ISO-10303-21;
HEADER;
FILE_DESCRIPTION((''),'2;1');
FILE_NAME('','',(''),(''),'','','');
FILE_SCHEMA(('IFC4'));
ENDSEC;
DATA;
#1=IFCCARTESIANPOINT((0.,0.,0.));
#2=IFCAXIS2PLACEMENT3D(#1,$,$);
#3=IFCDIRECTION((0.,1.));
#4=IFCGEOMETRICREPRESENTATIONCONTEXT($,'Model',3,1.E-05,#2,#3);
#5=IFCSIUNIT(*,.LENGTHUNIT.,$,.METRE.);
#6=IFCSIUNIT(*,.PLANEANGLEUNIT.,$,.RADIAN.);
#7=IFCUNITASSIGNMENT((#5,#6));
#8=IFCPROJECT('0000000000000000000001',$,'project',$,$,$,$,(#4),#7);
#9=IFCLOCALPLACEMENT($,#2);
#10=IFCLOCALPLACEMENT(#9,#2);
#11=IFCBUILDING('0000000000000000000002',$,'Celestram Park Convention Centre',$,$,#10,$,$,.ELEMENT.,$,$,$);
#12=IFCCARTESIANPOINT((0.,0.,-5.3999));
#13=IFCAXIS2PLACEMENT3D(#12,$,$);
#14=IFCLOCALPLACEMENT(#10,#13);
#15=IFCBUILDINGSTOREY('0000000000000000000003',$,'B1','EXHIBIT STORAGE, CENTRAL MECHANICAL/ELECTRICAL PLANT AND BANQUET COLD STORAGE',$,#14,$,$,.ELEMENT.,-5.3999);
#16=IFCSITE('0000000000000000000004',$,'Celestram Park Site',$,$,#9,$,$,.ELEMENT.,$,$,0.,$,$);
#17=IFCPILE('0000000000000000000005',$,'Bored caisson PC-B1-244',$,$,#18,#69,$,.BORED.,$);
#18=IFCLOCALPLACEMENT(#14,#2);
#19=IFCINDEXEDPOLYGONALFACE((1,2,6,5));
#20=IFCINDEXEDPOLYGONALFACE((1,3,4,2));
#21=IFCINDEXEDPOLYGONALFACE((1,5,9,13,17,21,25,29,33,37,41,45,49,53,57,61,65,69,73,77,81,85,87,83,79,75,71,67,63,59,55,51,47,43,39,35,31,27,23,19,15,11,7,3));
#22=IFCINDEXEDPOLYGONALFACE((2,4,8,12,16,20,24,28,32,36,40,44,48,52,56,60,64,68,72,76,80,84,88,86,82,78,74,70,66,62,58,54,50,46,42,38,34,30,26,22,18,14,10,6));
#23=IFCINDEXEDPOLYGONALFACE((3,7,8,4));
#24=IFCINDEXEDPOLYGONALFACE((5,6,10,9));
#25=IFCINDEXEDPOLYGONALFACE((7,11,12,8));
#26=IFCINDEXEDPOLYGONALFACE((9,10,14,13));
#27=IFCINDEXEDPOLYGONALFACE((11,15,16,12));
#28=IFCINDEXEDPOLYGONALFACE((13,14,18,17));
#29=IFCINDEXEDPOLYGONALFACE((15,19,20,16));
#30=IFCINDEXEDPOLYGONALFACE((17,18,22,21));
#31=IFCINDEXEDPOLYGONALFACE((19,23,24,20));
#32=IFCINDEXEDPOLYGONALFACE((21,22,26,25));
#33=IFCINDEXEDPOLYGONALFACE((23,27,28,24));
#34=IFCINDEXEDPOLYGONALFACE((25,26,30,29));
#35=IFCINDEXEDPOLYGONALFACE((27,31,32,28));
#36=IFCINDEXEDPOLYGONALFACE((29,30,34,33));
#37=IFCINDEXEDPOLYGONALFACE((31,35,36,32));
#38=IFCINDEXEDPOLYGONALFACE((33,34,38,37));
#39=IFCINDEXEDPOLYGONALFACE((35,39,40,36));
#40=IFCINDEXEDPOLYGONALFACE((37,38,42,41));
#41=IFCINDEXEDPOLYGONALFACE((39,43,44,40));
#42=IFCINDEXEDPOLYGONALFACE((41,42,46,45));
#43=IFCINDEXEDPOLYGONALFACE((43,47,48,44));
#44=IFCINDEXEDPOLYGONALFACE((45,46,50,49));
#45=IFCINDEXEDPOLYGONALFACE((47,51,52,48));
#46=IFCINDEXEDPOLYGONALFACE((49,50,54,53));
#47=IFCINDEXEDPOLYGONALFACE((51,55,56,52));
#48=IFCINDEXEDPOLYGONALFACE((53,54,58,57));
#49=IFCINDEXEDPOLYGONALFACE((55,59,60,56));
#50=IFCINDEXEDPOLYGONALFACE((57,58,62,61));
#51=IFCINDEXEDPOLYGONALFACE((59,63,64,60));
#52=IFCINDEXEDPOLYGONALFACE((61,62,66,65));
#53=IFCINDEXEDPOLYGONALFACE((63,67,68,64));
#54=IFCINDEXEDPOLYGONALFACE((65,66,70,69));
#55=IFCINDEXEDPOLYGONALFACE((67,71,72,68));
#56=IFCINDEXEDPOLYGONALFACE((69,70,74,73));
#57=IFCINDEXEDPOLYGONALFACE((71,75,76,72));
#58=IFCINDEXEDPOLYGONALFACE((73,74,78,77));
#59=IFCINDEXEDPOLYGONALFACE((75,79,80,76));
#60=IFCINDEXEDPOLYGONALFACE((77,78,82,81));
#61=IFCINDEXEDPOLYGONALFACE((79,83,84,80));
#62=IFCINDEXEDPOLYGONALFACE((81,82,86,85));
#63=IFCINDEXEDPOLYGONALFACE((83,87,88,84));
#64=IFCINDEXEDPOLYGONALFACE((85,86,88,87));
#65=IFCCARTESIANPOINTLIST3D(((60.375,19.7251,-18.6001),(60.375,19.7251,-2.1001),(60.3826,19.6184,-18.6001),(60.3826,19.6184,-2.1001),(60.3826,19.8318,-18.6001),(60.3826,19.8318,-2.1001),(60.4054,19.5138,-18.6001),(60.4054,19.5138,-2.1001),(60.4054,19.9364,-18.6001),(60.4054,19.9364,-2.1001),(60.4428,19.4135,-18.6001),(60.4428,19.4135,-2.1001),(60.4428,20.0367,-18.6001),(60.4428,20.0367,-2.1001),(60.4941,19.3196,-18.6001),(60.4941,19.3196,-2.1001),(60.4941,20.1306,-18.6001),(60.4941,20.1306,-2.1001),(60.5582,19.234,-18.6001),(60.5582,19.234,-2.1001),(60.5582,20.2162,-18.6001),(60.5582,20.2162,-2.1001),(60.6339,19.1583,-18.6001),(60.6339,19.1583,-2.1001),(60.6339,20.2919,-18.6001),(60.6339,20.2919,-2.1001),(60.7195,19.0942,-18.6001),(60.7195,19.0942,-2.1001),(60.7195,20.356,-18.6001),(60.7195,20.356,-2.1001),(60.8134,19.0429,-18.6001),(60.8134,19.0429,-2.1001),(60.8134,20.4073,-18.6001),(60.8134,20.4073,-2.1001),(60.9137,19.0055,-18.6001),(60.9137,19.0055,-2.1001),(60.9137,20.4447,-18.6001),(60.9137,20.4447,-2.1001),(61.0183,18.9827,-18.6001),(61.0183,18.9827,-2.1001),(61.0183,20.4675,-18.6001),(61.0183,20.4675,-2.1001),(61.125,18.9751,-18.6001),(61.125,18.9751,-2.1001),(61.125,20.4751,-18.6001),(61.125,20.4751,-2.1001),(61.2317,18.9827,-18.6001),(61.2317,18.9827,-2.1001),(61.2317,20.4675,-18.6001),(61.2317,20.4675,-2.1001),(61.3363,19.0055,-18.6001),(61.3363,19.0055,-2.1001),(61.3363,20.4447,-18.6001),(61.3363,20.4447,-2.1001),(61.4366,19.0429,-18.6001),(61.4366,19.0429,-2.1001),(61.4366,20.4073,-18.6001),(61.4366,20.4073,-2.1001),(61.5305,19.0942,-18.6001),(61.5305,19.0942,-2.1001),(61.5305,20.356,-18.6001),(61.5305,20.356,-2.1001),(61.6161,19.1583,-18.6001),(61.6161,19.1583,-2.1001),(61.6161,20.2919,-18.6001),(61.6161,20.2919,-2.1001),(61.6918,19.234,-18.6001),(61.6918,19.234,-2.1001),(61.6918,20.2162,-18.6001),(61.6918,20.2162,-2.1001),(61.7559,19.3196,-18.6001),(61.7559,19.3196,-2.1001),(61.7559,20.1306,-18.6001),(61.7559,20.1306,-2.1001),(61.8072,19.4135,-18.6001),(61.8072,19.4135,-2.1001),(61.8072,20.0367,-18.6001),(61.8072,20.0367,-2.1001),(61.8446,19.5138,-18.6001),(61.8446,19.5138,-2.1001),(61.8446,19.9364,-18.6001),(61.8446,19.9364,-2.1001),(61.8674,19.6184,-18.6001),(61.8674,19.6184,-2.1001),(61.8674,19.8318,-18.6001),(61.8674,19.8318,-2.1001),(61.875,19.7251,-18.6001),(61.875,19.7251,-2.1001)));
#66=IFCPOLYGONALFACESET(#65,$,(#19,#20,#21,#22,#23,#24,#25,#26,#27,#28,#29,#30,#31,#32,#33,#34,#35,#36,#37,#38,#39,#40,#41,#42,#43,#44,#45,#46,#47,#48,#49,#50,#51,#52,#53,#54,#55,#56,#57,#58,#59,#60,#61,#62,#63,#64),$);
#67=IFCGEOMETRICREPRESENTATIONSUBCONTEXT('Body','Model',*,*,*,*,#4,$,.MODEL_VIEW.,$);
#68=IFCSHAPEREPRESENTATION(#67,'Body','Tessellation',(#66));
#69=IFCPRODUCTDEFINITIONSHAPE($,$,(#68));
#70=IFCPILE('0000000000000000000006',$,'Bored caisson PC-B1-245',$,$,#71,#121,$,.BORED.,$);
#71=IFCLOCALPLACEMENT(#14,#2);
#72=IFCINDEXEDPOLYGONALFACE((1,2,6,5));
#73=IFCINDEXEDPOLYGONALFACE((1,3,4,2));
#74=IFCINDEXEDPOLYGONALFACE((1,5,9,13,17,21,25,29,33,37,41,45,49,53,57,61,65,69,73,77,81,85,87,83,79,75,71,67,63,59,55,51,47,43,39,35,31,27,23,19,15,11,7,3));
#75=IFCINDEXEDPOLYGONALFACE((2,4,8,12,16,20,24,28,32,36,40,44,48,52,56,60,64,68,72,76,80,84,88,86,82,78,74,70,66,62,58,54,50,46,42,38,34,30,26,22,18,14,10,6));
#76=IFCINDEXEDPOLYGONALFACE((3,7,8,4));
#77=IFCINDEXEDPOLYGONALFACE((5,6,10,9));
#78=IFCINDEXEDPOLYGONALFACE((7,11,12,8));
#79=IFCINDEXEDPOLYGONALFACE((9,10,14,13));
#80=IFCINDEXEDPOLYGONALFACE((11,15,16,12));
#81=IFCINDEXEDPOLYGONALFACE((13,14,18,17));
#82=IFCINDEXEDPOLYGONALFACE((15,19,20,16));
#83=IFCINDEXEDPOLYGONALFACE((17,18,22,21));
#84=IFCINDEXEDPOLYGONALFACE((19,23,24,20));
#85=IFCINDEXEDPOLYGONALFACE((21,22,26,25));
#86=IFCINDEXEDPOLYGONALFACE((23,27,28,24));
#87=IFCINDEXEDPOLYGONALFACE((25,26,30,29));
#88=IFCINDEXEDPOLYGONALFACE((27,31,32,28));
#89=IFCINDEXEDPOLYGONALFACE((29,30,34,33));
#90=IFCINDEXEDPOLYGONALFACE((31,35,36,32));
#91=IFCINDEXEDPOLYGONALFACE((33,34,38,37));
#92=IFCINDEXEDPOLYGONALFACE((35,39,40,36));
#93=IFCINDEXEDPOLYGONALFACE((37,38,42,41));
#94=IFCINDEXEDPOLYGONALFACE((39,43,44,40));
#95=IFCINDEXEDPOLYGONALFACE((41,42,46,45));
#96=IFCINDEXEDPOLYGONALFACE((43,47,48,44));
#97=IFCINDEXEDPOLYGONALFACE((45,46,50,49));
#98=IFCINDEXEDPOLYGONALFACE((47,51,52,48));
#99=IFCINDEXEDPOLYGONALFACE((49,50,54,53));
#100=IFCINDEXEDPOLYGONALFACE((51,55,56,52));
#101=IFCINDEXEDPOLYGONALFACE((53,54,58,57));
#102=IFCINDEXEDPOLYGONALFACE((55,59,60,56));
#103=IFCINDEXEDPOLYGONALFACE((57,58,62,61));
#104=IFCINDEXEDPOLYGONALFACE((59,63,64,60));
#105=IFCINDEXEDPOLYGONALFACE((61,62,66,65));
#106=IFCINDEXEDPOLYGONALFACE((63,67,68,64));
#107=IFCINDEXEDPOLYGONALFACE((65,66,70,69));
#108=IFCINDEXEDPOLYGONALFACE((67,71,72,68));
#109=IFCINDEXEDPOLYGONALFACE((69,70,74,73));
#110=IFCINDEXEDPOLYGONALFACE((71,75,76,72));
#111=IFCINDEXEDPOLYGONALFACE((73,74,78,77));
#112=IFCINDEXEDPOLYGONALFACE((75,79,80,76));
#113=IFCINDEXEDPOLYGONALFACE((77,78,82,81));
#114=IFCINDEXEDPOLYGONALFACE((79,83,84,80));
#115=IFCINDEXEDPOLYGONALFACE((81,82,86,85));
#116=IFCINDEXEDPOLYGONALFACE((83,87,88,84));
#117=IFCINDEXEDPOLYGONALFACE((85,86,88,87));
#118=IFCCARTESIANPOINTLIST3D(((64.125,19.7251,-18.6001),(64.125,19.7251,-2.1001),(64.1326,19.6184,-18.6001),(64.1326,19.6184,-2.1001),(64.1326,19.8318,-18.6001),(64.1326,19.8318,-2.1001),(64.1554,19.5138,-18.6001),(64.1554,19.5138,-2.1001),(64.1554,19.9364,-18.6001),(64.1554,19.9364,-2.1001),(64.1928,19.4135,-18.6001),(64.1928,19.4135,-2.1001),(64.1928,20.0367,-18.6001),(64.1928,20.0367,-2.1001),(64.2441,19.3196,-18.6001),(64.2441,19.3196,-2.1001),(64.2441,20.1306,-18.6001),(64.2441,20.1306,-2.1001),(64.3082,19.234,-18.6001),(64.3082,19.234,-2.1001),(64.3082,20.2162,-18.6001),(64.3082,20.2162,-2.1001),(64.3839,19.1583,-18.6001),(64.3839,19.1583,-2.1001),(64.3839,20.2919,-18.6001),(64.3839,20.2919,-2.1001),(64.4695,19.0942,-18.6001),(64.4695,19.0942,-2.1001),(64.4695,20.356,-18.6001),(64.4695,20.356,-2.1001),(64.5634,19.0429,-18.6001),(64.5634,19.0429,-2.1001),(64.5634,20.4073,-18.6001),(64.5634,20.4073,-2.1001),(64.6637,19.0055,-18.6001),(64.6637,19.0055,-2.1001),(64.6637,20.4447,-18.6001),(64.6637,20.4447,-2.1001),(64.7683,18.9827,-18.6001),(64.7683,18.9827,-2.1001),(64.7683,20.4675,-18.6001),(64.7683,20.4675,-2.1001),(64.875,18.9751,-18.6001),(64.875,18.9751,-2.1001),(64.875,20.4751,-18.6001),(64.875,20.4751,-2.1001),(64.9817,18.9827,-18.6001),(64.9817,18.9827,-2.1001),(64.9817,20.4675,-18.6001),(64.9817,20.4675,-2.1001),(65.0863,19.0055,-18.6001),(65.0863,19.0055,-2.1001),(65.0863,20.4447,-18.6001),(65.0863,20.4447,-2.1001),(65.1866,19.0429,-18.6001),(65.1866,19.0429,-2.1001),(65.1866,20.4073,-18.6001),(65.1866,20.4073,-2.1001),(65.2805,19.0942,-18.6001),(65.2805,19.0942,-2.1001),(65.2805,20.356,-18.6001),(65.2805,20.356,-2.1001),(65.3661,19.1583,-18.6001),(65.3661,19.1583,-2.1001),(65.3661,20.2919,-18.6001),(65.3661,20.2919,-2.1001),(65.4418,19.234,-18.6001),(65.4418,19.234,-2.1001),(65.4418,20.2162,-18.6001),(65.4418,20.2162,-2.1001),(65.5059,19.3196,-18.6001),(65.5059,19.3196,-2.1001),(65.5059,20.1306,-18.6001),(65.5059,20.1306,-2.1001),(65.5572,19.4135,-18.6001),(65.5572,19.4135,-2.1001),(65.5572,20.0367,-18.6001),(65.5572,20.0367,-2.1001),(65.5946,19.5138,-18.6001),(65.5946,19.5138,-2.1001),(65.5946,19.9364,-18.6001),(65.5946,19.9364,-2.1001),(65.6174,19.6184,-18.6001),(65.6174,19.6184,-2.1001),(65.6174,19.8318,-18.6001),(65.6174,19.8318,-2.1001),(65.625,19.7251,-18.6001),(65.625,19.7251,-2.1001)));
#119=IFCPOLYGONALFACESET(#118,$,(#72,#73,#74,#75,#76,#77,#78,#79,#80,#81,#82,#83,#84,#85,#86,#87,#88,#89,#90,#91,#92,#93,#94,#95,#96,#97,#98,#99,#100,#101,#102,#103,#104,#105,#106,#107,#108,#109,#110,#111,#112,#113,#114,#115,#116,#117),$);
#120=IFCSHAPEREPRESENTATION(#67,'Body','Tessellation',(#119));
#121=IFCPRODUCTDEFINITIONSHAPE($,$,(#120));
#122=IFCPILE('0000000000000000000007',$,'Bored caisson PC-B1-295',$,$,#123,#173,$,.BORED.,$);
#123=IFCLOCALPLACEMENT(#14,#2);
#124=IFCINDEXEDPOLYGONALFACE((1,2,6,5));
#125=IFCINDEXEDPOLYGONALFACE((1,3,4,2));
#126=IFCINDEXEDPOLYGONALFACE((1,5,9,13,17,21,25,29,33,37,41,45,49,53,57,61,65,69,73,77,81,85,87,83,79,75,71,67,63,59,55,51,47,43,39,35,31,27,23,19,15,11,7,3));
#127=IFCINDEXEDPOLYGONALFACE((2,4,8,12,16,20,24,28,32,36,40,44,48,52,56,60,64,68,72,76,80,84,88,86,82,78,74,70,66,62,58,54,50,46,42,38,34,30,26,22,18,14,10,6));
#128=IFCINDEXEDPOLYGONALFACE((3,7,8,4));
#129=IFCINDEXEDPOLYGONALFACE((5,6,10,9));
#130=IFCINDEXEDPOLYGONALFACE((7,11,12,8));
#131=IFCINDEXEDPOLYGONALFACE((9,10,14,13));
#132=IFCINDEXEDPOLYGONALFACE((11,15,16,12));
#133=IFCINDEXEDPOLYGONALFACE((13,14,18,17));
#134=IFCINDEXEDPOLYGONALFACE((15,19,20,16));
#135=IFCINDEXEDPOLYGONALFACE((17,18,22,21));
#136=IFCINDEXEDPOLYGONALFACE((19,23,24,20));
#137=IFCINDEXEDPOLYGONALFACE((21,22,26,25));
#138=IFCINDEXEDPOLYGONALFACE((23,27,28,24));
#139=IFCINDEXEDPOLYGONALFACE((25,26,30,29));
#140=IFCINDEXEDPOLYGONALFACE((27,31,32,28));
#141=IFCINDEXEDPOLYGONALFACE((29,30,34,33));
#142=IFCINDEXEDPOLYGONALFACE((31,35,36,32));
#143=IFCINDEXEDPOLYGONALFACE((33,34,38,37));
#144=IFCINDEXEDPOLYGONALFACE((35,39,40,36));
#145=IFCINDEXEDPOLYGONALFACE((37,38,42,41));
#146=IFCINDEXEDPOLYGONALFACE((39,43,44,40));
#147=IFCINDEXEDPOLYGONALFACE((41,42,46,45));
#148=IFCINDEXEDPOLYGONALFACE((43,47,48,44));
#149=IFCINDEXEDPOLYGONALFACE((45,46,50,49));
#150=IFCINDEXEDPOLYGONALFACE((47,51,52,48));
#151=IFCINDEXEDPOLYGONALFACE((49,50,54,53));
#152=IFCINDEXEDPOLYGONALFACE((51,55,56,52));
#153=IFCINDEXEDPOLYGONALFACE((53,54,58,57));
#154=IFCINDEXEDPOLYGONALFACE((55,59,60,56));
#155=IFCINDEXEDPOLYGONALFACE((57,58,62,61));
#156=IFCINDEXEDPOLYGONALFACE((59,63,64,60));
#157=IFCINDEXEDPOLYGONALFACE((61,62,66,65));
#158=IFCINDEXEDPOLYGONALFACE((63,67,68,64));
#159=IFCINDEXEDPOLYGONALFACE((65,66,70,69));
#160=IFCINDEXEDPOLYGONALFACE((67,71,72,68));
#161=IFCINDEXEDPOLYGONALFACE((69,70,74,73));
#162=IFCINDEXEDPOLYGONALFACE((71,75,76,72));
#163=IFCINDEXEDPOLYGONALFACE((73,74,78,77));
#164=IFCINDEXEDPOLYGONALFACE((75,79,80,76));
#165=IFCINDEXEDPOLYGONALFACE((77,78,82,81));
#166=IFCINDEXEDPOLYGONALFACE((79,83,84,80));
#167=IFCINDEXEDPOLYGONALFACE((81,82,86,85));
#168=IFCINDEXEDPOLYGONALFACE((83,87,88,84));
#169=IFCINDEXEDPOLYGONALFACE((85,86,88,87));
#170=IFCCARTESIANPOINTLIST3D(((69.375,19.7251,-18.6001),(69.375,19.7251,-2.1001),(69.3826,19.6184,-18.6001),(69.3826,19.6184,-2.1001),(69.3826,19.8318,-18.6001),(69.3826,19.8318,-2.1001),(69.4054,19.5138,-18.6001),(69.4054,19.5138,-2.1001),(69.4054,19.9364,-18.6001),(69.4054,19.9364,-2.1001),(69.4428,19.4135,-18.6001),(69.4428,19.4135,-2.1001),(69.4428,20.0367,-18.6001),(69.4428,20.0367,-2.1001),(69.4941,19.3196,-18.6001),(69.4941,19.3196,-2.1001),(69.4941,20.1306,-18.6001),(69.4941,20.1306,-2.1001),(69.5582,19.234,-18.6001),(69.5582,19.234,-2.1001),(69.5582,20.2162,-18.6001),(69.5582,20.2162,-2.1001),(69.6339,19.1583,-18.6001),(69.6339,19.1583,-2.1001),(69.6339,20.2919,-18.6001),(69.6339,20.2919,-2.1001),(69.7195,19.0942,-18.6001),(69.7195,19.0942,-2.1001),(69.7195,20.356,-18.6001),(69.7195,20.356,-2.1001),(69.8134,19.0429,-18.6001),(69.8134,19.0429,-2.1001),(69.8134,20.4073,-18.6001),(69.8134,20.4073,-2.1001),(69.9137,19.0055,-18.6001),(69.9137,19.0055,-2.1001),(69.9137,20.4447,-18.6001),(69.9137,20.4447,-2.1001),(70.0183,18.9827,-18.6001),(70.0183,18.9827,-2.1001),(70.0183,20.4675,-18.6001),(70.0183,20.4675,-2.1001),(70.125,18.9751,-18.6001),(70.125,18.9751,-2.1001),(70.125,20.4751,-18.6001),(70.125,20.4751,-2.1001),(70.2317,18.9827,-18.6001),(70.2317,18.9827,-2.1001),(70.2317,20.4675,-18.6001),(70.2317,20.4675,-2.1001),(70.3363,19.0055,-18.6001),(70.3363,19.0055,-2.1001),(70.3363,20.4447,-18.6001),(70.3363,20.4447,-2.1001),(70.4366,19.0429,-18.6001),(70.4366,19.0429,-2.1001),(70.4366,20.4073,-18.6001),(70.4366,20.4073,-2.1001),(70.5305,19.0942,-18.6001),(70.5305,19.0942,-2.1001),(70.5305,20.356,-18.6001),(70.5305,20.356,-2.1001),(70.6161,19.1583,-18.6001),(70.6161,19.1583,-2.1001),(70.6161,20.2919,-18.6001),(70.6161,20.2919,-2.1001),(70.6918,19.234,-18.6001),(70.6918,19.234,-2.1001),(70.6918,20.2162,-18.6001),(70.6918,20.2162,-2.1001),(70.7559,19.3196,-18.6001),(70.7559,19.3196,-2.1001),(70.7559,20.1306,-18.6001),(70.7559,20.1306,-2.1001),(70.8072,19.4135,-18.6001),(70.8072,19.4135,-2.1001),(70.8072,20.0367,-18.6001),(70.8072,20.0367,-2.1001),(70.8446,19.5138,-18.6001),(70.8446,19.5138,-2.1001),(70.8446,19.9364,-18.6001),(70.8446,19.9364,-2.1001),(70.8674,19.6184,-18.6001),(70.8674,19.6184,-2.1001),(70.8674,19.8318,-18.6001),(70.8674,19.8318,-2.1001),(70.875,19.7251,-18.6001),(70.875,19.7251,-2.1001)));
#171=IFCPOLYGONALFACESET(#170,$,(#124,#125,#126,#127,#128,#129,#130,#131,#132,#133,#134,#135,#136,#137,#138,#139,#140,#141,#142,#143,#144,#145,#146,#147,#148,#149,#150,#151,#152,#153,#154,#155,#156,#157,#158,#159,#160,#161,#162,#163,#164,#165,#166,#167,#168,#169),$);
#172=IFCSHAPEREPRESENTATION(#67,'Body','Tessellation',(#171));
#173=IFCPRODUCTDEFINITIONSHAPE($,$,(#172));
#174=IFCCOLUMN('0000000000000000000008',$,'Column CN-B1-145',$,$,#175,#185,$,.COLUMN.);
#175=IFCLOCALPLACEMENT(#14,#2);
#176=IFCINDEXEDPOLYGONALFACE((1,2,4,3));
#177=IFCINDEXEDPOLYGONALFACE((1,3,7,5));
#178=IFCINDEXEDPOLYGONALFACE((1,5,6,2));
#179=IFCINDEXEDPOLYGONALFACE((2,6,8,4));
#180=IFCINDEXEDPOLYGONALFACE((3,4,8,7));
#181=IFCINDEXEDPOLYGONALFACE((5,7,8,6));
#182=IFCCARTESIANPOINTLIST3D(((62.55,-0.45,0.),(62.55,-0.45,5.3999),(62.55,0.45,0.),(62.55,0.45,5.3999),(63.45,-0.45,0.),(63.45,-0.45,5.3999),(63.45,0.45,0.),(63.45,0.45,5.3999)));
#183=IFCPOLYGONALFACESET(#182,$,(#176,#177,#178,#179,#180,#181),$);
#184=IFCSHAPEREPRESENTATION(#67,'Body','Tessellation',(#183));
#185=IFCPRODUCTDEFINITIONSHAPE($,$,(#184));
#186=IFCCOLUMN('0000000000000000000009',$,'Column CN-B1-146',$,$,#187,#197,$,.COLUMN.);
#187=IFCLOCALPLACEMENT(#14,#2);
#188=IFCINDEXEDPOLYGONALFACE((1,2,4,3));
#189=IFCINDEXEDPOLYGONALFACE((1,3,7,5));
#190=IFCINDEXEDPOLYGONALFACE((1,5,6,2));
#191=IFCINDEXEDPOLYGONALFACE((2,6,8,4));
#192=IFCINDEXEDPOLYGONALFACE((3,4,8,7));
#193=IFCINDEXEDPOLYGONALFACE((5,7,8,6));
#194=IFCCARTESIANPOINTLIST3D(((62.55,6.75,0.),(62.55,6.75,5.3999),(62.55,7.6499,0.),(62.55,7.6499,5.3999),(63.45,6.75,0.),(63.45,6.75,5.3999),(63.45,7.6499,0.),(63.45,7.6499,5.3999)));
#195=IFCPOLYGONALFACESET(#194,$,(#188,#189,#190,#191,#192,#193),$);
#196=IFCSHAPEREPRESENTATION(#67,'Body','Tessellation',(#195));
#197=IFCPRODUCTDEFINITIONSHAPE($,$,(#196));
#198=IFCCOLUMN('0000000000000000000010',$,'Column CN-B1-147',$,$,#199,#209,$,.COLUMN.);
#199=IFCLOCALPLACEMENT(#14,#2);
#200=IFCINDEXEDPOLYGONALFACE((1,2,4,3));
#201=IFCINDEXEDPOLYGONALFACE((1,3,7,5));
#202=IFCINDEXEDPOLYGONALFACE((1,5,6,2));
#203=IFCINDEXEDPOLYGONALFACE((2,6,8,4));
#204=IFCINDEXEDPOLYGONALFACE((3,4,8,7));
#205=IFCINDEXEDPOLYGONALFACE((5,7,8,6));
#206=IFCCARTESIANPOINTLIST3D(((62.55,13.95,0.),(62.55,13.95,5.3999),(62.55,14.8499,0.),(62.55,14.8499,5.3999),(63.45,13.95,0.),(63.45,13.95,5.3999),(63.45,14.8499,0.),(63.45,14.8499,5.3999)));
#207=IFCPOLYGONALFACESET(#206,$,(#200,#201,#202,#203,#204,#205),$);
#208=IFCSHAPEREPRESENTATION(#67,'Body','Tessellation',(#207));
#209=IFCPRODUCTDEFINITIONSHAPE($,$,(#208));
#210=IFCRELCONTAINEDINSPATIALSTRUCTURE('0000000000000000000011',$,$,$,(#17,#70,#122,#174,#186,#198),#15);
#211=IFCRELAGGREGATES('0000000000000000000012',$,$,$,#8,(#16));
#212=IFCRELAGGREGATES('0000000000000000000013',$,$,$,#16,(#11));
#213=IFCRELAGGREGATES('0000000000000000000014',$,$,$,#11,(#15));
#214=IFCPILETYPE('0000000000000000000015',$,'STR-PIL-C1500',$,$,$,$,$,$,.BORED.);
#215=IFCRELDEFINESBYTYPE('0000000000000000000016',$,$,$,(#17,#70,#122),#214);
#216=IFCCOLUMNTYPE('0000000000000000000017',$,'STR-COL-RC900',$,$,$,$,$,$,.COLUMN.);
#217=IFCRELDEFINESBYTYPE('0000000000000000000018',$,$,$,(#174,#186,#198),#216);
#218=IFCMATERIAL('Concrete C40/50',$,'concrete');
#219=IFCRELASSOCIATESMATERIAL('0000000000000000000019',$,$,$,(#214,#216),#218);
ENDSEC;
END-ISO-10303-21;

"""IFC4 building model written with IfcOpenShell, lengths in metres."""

from ifc_helpers import new_model, si_unit, direction, frame, origin, origin_2d, place, context, subcontext, project, spatial, rectangle, circle, extrude, material, material_profile, profile_set, type_object, element, save


model = new_model("IFC4")

# Units and contexts
model_context = context("Model", 3, precision=1e-05, world=origin(), true_north=direction((0.0, 1.0)))
body_context = subcontext(model_context, "Body", "Model", "MODEL_VIEW")
ifc_project = project(units=[si_unit("LENGTHUNIT", "METRE"), si_unit("PLANEANGLEUNIT", "RADIAN")], contexts=[model_context])

# Site, building, storey
site_placement = place(None, origin())
site = spatial("IfcSite", under=ifc_project, at=site_placement, Name="Celestram Park Site", CompositionType="ELEMENT", RefElevation=0.0)
building_placement = place(site_placement, origin())
building = spatial("IfcBuilding", under=site, at=building_placement, Name="Celestram Park Convention Centre", CompositionType="ELEMENT")
storey_placement = place(building_placement, frame((0.0, 0.0, -5.3999)))
storey = spatial("IfcBuildingStorey", under=building, at=storey_placement, Name="B1", Description="EXHIBIT STORAGE, CENTRAL MECHANICAL/ELECTRICAL PLANT AND BANQUET COLD STORAGE", CompositionType="ELEMENT", Elevation=-5.3999)

# Shared definitions
ifc_material_1 = material(Name="Concrete C40/50", Category="concrete")

# Piles
ifc_material_profile_1 = material_profile(ifc_material_1, circle(Radius=0.75, at=origin_2d()), Name="CAISSON1500")
ifc_profile_set_1 = profile_set([ifc_material_profile_1], Name="Concrete C40/50")
pile_type_1 = type_object("IfcPileType", Name="STR-PIL-C1500", PredefinedType="BORED", material=ifc_profile_set_1)
for number, where, z_axis, x_axis, name in (
    (1, (61.125, 19.7251, -2.1001), (0.0, 0.0, -1.0), (1.0, 0.0, 0.0), "Bored caisson PC-B1-244"),
    (2, (64.875, 19.7251, -2.1001), (0.0, 0.0, -1.0), (1.0, 0.0, 0.0), "Bored caisson PC-B1-245"),
    (3, (70.125, 19.7251, -2.1001), (0.0, 0.0, -1.0), (1.0, 0.0, 0.0), "Bored caisson PC-B1-295"),
):
    element("IfcPile", number, at=place(storey_placement, frame(where, z_axis=z_axis, x_axis=x_axis)), inside=storey, type_object=pile_type_1, Name=name, PredefinedType="BORED", context=body_context, shape_type="SweptSolid", body=[
        extrude(circle(Radius=0.75, at=origin_2d()), origin(), (0.0, 0.0, 1.0), 16.5),
    ])

# Columns
ifc_material_profile_2 = material_profile(ifc_material_1, rectangle(XDim=0.8999, YDim=0.8999, at=origin_2d()), Name="RC900X900")
ifc_profile_set_2 = profile_set([ifc_material_profile_2], Name="Concrete C40/50")
column_type = type_object("IfcColumnType", Name="STR-COL-RC900", PredefinedType="COLUMN", material=ifc_profile_set_2)
for number, where, z_axis, x_axis, name in (
    (4, (63.0, 0.0, 0.0), (0.0, 0.0, 1.0), (1.0, 0.0, 0.0), "Column CN-B1-145"),
    (5, (63.0, 7.2, 0.0), (0.0, 0.0, 1.0), (1.0, 0.0, 0.0), "Column CN-B1-146"),
    (6, (63.0, 14.3999, 0.0), (0.0, 0.0, 1.0), (1.0, 0.0, 0.0), "Column CN-B1-147"),
):
    element("IfcColumn", number, at=place(storey_placement, frame(where, z_axis=z_axis, x_axis=x_axis)), inside=storey, type_object=column_type, Name=name, PredefinedType="COLUMN", context=body_context, shape_type="SweptSolid", body=[
        extrude(rectangle(XDim=0.8999, YDim=0.8999, at=origin_2d()), origin(), (0.0, 0.0, 1.0), 5.3999),
    ])

save(model, "model.ifc")
